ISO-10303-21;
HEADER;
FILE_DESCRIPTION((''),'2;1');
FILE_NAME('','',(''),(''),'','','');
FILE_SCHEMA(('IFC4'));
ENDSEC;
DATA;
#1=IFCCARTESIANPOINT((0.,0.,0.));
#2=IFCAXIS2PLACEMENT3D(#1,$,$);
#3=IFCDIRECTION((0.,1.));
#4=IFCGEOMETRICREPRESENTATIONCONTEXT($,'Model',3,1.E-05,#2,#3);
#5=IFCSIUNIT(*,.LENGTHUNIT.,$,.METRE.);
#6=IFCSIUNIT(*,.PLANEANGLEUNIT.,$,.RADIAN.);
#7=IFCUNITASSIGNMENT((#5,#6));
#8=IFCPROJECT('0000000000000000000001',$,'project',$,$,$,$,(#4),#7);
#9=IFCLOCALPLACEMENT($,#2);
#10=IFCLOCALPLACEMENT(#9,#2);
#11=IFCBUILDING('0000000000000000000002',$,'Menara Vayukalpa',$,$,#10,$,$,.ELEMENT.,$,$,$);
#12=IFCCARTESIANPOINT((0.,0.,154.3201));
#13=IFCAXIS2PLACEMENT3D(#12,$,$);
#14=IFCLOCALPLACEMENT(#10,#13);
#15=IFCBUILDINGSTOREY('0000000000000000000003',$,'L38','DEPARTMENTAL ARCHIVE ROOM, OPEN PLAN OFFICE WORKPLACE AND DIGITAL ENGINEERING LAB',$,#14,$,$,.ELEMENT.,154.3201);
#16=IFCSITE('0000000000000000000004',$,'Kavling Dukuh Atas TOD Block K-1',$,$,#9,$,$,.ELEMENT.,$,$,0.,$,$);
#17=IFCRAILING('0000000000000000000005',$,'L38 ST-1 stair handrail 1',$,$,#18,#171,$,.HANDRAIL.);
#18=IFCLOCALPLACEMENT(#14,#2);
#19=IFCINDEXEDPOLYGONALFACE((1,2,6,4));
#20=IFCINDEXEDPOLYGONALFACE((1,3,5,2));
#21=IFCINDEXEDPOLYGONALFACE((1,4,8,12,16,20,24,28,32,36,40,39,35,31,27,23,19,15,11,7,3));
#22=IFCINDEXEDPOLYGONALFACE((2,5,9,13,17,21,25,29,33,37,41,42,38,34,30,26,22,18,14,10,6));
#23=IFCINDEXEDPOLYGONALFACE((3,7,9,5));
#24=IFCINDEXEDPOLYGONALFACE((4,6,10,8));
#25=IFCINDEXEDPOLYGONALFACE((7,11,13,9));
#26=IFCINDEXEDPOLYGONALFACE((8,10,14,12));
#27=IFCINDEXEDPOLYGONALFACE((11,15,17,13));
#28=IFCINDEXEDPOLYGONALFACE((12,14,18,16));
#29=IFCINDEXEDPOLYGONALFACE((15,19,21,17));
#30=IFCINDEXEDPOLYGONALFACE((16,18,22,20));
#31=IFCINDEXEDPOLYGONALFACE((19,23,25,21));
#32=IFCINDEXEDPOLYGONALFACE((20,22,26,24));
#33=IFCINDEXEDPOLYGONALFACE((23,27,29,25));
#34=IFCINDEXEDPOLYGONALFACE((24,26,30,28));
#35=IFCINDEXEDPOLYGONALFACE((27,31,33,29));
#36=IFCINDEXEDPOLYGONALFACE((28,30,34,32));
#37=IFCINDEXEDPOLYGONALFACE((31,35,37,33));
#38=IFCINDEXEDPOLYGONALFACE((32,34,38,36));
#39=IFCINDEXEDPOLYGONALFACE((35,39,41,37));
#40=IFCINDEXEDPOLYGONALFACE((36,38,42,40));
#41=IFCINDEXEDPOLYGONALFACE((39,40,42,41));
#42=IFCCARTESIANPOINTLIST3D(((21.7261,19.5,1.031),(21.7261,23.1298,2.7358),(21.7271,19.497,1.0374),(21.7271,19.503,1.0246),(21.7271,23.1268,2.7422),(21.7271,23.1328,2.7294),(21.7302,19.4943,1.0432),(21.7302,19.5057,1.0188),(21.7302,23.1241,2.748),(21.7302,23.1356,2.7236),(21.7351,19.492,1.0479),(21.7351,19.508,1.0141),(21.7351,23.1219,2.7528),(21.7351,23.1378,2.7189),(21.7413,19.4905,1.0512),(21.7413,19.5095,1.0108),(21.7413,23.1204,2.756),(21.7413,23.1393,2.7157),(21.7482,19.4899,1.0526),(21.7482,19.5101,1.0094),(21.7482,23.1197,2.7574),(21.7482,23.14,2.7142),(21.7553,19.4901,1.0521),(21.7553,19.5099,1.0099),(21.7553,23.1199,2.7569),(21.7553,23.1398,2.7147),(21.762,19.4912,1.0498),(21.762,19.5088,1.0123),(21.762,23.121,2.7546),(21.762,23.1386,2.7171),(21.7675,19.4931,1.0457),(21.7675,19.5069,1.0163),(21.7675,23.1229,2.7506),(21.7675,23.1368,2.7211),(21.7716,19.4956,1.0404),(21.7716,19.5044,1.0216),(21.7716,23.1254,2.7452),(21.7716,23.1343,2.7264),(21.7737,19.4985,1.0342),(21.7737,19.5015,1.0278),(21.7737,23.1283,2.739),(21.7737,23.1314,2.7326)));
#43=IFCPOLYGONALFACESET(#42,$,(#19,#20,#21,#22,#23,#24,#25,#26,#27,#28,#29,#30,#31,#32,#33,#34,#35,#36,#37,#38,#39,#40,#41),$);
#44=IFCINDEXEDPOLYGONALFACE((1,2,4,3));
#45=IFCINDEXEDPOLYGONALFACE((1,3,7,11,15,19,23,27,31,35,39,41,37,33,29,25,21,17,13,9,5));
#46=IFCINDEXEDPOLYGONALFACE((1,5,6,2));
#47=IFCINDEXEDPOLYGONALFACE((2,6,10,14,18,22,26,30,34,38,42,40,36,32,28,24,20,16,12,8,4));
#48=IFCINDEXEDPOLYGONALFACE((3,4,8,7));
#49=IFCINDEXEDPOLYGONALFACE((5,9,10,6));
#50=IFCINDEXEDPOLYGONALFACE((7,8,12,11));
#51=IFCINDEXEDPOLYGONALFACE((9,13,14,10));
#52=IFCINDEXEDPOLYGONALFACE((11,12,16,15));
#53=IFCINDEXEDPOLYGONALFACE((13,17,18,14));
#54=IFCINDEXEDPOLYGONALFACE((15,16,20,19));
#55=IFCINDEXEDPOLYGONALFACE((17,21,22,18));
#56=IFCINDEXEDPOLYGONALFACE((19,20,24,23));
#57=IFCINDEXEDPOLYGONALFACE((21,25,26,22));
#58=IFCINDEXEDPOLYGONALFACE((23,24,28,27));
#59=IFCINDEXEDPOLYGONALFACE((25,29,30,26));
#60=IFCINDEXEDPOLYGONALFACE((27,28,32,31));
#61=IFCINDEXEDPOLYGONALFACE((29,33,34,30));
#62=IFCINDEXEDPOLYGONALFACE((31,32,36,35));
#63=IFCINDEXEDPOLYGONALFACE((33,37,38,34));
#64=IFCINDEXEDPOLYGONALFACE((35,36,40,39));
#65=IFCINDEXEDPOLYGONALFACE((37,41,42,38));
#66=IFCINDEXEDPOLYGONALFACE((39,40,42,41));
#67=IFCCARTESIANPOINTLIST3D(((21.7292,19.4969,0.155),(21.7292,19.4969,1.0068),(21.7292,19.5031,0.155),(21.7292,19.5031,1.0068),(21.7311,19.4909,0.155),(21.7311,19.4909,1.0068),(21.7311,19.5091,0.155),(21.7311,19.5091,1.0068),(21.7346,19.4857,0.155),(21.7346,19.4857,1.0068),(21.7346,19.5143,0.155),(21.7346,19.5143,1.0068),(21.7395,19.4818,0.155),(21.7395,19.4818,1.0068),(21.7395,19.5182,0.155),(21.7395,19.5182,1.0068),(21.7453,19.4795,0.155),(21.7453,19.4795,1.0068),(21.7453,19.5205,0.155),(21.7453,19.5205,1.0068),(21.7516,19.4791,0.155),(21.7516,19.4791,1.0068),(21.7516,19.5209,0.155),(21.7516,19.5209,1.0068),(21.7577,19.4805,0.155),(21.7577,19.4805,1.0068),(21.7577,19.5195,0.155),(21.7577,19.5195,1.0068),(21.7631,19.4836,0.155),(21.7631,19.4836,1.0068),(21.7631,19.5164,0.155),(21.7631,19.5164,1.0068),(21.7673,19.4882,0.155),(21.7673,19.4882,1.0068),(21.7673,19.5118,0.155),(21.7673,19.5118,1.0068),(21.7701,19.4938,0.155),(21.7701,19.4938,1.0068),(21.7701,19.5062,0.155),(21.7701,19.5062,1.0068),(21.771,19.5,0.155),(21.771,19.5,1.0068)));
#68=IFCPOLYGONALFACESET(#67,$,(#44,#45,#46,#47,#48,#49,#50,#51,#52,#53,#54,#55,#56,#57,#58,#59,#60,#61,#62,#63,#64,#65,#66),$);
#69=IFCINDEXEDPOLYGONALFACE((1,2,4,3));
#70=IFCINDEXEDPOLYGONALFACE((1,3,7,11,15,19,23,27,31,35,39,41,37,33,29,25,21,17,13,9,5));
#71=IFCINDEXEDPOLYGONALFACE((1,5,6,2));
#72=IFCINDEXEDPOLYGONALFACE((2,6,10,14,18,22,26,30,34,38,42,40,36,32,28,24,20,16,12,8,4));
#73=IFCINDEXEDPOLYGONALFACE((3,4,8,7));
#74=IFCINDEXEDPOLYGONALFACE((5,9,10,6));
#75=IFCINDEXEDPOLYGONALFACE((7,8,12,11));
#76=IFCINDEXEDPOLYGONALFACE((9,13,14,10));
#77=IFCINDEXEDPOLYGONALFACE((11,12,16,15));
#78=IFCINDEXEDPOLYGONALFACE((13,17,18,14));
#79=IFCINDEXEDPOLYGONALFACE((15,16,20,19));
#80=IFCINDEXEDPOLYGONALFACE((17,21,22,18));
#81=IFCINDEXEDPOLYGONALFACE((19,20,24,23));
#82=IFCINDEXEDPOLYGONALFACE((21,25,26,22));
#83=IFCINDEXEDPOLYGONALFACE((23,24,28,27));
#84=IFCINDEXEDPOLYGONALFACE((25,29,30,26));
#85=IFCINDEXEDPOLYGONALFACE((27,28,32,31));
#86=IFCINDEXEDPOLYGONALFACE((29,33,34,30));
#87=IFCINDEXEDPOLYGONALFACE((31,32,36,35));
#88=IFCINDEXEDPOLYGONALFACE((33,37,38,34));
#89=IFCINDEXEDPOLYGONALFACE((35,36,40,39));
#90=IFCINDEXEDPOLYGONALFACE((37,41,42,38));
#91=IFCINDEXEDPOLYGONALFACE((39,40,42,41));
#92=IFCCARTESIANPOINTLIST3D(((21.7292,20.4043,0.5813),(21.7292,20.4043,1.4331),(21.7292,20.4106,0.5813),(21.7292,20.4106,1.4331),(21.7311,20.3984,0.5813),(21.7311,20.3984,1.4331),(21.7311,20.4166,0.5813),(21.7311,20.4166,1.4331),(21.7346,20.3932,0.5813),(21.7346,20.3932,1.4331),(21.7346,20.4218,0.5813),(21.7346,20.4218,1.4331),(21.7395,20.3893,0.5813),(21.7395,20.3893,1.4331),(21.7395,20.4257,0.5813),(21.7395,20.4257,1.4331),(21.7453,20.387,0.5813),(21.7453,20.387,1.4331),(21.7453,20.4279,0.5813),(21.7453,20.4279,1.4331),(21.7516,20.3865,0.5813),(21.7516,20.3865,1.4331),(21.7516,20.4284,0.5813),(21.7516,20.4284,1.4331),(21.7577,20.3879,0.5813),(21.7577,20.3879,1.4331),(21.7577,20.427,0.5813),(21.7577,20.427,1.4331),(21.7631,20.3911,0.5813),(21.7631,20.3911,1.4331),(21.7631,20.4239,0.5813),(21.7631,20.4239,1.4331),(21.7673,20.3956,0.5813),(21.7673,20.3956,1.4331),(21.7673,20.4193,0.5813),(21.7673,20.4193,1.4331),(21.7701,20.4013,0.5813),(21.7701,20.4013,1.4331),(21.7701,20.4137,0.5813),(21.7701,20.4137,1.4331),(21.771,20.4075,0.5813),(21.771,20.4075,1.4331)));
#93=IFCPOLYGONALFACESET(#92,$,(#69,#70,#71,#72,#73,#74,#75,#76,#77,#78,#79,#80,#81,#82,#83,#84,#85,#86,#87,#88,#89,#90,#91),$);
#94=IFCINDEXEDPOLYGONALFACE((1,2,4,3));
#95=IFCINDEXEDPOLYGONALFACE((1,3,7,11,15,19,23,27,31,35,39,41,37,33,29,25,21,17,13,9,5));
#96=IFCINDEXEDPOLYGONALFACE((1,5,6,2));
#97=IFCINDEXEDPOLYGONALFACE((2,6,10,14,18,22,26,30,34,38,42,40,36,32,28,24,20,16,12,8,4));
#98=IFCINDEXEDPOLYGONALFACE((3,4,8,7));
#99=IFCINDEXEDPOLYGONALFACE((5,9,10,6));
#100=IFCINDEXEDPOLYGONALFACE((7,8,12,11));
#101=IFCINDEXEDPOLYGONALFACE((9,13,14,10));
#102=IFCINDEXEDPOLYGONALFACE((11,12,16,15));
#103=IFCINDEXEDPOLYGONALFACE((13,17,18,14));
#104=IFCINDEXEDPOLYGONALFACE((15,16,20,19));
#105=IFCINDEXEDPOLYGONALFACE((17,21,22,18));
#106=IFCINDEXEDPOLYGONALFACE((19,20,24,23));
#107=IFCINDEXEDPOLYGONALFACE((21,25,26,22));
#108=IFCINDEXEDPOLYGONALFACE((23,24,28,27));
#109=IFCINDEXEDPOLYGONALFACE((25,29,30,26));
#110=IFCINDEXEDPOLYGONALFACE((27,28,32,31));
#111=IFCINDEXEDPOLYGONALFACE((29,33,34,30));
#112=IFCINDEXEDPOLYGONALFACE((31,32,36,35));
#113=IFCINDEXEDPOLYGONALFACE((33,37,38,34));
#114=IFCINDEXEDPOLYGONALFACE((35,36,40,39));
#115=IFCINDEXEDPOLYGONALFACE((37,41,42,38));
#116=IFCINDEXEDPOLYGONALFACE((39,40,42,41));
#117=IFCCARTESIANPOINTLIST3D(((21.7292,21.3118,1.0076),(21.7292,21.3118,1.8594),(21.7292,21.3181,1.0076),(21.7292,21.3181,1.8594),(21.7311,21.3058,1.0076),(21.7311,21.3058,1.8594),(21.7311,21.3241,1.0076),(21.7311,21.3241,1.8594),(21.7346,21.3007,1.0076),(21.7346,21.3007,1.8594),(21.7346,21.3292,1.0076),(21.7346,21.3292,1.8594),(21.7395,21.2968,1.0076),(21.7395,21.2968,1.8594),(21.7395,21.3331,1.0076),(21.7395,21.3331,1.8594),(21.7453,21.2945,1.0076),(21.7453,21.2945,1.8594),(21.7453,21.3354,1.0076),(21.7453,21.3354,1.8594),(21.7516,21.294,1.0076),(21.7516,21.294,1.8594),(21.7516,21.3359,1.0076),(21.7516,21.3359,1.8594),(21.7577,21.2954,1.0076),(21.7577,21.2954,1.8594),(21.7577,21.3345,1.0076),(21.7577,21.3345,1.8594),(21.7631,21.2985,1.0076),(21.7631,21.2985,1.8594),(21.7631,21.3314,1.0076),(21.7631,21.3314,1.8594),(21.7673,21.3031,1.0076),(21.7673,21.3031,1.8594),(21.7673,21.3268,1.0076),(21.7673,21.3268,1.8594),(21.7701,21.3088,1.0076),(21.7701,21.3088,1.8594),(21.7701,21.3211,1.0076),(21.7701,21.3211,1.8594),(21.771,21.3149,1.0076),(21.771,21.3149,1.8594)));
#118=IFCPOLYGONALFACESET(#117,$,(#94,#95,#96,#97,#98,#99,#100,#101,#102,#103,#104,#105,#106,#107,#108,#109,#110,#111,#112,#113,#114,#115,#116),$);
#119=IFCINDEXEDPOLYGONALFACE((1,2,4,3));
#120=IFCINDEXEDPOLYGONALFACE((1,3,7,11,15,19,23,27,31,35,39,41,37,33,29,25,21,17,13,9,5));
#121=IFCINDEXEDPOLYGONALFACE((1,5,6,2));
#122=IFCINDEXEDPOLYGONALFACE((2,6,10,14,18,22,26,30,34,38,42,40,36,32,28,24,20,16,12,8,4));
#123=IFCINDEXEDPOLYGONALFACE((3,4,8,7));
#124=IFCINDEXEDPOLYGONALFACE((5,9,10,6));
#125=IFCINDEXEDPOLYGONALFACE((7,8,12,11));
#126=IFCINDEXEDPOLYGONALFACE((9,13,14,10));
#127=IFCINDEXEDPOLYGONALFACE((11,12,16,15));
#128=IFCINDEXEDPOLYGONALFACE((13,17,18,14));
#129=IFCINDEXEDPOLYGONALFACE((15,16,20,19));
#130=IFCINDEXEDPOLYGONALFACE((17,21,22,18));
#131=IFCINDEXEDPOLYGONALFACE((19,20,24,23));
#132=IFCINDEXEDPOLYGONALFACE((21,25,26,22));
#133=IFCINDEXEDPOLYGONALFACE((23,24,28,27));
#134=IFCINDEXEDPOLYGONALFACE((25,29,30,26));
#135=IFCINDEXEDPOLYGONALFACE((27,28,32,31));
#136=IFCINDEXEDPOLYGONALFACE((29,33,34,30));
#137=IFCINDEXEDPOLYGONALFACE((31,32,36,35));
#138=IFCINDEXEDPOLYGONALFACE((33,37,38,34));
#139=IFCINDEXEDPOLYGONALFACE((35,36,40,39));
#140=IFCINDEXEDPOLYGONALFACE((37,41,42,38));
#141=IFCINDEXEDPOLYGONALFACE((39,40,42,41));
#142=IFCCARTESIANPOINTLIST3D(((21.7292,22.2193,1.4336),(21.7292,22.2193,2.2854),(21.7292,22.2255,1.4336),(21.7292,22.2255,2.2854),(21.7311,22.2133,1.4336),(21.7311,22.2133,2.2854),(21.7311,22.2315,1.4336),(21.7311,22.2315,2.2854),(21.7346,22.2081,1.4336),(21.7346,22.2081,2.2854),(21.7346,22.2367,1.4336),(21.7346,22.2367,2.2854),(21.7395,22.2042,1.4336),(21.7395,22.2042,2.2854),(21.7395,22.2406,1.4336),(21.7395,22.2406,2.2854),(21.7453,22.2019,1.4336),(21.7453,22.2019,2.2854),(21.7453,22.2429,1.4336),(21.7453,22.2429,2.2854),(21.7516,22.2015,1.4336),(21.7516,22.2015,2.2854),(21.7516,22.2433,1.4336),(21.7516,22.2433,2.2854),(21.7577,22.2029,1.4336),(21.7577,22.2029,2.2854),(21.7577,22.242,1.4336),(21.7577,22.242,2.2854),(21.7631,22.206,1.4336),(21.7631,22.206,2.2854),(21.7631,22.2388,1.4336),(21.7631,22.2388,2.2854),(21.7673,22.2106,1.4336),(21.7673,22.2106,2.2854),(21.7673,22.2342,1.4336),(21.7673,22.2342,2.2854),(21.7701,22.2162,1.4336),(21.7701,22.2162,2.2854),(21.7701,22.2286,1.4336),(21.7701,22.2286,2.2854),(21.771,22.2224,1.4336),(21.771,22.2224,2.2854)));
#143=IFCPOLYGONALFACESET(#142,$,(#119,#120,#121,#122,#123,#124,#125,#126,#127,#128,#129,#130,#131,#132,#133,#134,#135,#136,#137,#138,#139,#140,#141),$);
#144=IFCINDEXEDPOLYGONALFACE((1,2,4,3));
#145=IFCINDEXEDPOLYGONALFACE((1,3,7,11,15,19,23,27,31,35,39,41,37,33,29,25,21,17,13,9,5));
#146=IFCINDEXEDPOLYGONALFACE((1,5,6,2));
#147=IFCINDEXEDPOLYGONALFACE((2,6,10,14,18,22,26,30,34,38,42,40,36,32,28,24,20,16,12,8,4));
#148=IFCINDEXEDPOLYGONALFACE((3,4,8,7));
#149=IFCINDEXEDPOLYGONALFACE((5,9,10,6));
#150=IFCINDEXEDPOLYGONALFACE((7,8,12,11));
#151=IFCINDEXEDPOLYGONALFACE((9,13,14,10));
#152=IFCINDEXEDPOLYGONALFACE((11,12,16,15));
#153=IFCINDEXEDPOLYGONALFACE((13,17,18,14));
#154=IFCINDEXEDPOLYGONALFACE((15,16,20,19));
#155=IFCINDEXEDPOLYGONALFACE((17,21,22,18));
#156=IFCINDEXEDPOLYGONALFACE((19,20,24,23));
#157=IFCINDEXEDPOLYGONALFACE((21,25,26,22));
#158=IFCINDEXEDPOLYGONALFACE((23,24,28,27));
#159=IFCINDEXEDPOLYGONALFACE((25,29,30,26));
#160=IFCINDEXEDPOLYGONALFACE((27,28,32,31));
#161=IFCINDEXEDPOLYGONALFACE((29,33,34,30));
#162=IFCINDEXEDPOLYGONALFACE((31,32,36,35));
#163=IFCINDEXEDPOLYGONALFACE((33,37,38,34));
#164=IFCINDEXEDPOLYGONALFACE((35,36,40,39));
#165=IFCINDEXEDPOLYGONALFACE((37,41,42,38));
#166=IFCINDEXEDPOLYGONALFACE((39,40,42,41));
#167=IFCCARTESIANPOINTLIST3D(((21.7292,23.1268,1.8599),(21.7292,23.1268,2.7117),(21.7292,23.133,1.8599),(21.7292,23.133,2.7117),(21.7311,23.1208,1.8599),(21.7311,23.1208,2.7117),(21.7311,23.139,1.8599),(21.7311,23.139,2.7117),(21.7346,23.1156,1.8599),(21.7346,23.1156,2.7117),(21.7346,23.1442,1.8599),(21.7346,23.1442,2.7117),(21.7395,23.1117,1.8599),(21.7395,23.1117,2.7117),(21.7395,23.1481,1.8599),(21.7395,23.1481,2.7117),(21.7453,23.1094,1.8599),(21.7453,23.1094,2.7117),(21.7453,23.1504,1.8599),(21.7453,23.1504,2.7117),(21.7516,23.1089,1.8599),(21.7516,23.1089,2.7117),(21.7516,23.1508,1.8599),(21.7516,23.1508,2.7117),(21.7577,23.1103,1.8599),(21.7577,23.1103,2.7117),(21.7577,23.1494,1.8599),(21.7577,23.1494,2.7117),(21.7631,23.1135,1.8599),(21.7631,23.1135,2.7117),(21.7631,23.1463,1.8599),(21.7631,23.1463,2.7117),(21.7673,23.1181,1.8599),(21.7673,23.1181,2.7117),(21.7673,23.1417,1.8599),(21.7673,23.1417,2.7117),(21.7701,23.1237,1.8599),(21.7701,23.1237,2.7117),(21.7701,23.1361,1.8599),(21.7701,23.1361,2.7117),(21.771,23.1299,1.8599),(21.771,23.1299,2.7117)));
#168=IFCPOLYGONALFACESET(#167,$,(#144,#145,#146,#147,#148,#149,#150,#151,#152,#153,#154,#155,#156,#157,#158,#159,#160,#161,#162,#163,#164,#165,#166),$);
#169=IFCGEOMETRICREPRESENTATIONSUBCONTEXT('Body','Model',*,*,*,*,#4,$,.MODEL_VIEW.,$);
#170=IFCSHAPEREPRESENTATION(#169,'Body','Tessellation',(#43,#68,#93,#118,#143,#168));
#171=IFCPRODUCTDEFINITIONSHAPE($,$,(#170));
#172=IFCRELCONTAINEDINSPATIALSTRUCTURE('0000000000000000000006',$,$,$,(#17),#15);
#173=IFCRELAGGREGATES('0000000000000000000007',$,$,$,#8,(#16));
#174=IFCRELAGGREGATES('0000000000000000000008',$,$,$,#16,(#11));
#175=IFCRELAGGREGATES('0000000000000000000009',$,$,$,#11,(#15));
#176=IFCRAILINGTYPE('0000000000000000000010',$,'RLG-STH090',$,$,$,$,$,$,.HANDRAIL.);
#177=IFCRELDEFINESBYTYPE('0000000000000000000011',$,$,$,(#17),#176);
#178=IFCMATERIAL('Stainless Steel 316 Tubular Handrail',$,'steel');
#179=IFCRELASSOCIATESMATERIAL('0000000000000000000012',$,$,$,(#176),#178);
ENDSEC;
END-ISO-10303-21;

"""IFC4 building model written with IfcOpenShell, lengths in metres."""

from ifc_helpers import new_model, si_unit, direction, frame, origin, origin_2d, place, context, subcontext, project, spatial, circle, extrude, material, type_object, element, save


model = new_model("IFC4")

# Units and contexts
model_context = context("Model", 3, precision=1e-05, world=origin(), true_north=direction((0.0, 1.0)))
body_context = subcontext(model_context, "Body", "Model", "MODEL_VIEW")
ifc_project = project(units=[si_unit("LENGTHUNIT", "METRE"), si_unit("PLANEANGLEUNIT", "RADIAN")], contexts=[model_context])

# Site, building, storey
site_placement = place(None, origin())
site = spatial("IfcSite", under=ifc_project, at=site_placement, Name="Kavling Dukuh Atas TOD Block K-1", CompositionType="ELEMENT", RefElevation=0.0)
building_placement = place(site_placement, origin())
building = spatial("IfcBuilding", under=site, at=building_placement, Name="Menara Vayukalpa", CompositionType="ELEMENT")
storey_placement = place(building_placement, frame((0.0, 0.0, 154.3201)))
storey = spatial("IfcBuildingStorey", under=building, at=storey_placement, Name="L38", Description="DEPARTMENTAL ARCHIVE ROOM, OPEN PLAN OFFICE WORKPLACE AND DIGITAL ENGINEERING LAB", CompositionType="ELEMENT", Elevation=154.3201)

# Railing
ifc_material_1 = material(Name="Stainless Steel 316 Tubular Handrail", Category="steel")
railing_type_1 = type_object("IfcRailingType", Name="RLG-STH090", PredefinedType="HANDRAIL", material=ifc_material_1)
railing_1_placement = place(storey_placement, frame((21.75, 19.5, 0.155)))
element("IfcRailing", 1, at=railing_1_placement, inside=storey, type_object=railing_type_1, Name="L38 ST-1 stair handrail 1", PredefinedType="HANDRAIL", context=body_context, shape_type="SweptSolid", body=[
    extrude(circle(Radius=0.0239, at=origin_2d()), frame((0.0, 0.0, 0.876), z_axis=(0.0, 0.90514, 0.425114), x_axis=(-1.0, 0.0, 0.0)), (0.0, 0.0, 1.0), 4.0103),
    extrude(circle(Radius=0.021, at=origin_2d()), origin(), (0.0, 0.0, 1.0), 0.8518),
    extrude(circle(Radius=0.021, at=origin_2d()), frame((0.0, 0.9075, 0.4263)), (0.0, 0.0, 1.0), 0.8518),
    extrude(circle(Radius=0.021, at=origin_2d()), frame((0.0, 1.8149, 0.8525)), (0.0, 0.0, 1.0), 0.8518),
    extrude(circle(Radius=0.021, at=origin_2d()), frame((0.0, 2.7224, 1.2786)), (0.0, 0.0, 1.0), 0.8518),
    extrude(circle(Radius=0.021, at=origin_2d()), frame((0.0, 3.6299, 1.7048)), (0.0, 0.0, 1.0), 0.8518),
])

save(model, "model.ifc")
